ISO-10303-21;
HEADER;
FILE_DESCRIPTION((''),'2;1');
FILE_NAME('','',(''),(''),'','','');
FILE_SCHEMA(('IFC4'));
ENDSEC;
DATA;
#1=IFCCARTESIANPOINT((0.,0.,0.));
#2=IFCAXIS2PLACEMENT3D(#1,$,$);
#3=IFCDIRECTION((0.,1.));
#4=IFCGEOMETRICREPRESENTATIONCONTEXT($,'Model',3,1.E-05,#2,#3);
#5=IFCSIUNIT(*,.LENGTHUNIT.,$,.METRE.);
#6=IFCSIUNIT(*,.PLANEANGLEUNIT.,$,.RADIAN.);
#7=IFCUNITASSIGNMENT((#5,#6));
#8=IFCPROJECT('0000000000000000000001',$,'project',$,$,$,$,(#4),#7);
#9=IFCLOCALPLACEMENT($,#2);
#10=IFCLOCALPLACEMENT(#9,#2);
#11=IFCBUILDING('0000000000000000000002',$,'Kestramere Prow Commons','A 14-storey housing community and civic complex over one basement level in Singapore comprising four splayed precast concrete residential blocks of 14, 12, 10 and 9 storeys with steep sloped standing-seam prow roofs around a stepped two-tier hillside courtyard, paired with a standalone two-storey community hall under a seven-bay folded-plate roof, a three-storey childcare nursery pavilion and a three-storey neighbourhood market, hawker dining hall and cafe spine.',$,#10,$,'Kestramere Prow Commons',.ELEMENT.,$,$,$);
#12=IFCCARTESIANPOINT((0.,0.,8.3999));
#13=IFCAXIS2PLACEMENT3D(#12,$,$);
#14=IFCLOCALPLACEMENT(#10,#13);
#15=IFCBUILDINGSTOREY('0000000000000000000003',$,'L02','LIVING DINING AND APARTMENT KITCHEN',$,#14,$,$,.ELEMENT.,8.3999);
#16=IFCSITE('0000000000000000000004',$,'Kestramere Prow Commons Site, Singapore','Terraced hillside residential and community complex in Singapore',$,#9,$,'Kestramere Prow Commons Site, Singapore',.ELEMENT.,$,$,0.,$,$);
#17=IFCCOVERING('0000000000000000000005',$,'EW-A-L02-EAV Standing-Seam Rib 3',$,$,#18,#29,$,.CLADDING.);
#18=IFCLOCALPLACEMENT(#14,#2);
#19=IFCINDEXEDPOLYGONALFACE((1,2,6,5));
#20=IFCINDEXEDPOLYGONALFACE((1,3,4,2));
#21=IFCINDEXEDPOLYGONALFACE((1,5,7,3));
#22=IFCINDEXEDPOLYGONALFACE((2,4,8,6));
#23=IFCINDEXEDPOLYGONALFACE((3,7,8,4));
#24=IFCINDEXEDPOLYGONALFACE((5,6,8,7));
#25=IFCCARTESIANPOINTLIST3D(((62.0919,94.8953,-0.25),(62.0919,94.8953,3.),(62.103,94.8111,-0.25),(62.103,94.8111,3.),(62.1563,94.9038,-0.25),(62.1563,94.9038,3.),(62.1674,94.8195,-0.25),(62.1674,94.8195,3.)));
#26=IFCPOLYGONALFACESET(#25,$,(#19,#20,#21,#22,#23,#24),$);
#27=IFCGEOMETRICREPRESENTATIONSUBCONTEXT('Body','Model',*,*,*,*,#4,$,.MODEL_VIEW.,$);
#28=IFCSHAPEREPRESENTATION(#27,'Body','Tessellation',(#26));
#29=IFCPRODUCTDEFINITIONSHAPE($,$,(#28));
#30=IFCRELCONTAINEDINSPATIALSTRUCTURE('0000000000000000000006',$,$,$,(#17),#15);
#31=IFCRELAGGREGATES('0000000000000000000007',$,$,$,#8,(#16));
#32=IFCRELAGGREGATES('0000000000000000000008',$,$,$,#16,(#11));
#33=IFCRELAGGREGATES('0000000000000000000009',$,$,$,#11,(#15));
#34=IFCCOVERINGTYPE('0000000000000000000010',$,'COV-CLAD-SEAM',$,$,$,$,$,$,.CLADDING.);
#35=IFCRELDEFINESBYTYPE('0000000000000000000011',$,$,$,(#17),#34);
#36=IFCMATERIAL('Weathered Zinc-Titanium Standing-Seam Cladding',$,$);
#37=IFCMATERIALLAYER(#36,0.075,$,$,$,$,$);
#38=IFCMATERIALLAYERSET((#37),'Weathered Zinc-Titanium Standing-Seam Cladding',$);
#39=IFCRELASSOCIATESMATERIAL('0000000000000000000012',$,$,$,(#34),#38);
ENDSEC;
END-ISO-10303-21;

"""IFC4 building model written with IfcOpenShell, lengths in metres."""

from ifc_helpers import new_model, si_unit, direction, frame, origin, origin_2d, place, context, subcontext, project, spatial, rectangle, extrude, material, layer, layer_set, type_object, element, save


model = new_model("IFC4")

# Units and contexts
model_context = context("Model", 3, precision=1e-05, world=origin(), true_north=direction((0.0, 1.0)))
body_context = subcontext(model_context, "Body", "Model", "MODEL_VIEW")
ifc_project = project(units=[si_unit("LENGTHUNIT", "METRE"), si_unit("PLANEANGLEUNIT", "RADIAN")], contexts=[model_context])

# Site, building, storey
site_placement = place(None, origin())
site = spatial("IfcSite", under=ifc_project, at=site_placement, Name="Kestramere Prow Commons Site, Singapore", Description="Terraced hillside residential and community complex in Singapore", LongName="Kestramere Prow Commons Site, Singapore", CompositionType="ELEMENT", RefElevation=0.0)
building_placement = place(site_placement, origin())
building = spatial("IfcBuilding", under=site, at=building_placement, Name="Kestramere Prow Commons", Description="A 14-storey housing community and civic complex over one basement level in Singapore comprising four splayed precast concrete residential blocks of 14, 12, 10 and 9 storeys with steep sloped standing-seam prow roofs around a stepped two-tier hillside courtyard, paired with a standalone two-storey community hall under a seven-bay folded-plate roof, a three-storey childcare nursery pavilion and a three-storey neighbourhood market, hawker dining hall and cafe spine.", LongName="Kestramere Prow Commons", CompositionType="ELEMENT")
storey_placement = place(building_placement, frame((0.0, 0.0, 8.3999)))
storey = spatial("IfcBuildingStorey", under=building, at=storey_placement, Name="L02", Description="LIVING DINING AND APARTMENT KITCHEN", CompositionType="ELEMENT", Elevation=8.3999)

# Covering
ifc_material_1 = material(Name="Weathered Zinc-Titanium Standing-Seam Cladding")
ifc_layer_1 = layer(ifc_material_1, 0.075)
ifc_layer_set_1 = layer_set([ifc_layer_1], Name="Weathered Zinc-Titanium Standing-Seam Cladding")
covering_type = type_object("IfcCoveringType", Name="COV-CLAD-SEAM", PredefinedType="CLADDING", material=ifc_layer_set_1)
for number, where, z_axis, x_axis, name in (
    (1, (62.1296, 94.8574, -0.25), (0.0, 0.0, 1.0), (0.130526, -0.991445, 0.0), "EW-A-L02-EAV Standing-Seam Rib 3"),
):
    element("IfcCovering", number, at=place(storey_placement, frame(where, z_axis=z_axis, x_axis=x_axis)), inside=storey, type_object=covering_type, Name=name, PredefinedType="CLADDING", context=body_context, shape_type="SweptSolid", body=[
        extrude(rectangle(XDim=0.085, YDim=0.0649, at=origin_2d()), origin(), (0.0, 0.0, 1.0), 3.25),
    ])

save(model, "model.ifc")
